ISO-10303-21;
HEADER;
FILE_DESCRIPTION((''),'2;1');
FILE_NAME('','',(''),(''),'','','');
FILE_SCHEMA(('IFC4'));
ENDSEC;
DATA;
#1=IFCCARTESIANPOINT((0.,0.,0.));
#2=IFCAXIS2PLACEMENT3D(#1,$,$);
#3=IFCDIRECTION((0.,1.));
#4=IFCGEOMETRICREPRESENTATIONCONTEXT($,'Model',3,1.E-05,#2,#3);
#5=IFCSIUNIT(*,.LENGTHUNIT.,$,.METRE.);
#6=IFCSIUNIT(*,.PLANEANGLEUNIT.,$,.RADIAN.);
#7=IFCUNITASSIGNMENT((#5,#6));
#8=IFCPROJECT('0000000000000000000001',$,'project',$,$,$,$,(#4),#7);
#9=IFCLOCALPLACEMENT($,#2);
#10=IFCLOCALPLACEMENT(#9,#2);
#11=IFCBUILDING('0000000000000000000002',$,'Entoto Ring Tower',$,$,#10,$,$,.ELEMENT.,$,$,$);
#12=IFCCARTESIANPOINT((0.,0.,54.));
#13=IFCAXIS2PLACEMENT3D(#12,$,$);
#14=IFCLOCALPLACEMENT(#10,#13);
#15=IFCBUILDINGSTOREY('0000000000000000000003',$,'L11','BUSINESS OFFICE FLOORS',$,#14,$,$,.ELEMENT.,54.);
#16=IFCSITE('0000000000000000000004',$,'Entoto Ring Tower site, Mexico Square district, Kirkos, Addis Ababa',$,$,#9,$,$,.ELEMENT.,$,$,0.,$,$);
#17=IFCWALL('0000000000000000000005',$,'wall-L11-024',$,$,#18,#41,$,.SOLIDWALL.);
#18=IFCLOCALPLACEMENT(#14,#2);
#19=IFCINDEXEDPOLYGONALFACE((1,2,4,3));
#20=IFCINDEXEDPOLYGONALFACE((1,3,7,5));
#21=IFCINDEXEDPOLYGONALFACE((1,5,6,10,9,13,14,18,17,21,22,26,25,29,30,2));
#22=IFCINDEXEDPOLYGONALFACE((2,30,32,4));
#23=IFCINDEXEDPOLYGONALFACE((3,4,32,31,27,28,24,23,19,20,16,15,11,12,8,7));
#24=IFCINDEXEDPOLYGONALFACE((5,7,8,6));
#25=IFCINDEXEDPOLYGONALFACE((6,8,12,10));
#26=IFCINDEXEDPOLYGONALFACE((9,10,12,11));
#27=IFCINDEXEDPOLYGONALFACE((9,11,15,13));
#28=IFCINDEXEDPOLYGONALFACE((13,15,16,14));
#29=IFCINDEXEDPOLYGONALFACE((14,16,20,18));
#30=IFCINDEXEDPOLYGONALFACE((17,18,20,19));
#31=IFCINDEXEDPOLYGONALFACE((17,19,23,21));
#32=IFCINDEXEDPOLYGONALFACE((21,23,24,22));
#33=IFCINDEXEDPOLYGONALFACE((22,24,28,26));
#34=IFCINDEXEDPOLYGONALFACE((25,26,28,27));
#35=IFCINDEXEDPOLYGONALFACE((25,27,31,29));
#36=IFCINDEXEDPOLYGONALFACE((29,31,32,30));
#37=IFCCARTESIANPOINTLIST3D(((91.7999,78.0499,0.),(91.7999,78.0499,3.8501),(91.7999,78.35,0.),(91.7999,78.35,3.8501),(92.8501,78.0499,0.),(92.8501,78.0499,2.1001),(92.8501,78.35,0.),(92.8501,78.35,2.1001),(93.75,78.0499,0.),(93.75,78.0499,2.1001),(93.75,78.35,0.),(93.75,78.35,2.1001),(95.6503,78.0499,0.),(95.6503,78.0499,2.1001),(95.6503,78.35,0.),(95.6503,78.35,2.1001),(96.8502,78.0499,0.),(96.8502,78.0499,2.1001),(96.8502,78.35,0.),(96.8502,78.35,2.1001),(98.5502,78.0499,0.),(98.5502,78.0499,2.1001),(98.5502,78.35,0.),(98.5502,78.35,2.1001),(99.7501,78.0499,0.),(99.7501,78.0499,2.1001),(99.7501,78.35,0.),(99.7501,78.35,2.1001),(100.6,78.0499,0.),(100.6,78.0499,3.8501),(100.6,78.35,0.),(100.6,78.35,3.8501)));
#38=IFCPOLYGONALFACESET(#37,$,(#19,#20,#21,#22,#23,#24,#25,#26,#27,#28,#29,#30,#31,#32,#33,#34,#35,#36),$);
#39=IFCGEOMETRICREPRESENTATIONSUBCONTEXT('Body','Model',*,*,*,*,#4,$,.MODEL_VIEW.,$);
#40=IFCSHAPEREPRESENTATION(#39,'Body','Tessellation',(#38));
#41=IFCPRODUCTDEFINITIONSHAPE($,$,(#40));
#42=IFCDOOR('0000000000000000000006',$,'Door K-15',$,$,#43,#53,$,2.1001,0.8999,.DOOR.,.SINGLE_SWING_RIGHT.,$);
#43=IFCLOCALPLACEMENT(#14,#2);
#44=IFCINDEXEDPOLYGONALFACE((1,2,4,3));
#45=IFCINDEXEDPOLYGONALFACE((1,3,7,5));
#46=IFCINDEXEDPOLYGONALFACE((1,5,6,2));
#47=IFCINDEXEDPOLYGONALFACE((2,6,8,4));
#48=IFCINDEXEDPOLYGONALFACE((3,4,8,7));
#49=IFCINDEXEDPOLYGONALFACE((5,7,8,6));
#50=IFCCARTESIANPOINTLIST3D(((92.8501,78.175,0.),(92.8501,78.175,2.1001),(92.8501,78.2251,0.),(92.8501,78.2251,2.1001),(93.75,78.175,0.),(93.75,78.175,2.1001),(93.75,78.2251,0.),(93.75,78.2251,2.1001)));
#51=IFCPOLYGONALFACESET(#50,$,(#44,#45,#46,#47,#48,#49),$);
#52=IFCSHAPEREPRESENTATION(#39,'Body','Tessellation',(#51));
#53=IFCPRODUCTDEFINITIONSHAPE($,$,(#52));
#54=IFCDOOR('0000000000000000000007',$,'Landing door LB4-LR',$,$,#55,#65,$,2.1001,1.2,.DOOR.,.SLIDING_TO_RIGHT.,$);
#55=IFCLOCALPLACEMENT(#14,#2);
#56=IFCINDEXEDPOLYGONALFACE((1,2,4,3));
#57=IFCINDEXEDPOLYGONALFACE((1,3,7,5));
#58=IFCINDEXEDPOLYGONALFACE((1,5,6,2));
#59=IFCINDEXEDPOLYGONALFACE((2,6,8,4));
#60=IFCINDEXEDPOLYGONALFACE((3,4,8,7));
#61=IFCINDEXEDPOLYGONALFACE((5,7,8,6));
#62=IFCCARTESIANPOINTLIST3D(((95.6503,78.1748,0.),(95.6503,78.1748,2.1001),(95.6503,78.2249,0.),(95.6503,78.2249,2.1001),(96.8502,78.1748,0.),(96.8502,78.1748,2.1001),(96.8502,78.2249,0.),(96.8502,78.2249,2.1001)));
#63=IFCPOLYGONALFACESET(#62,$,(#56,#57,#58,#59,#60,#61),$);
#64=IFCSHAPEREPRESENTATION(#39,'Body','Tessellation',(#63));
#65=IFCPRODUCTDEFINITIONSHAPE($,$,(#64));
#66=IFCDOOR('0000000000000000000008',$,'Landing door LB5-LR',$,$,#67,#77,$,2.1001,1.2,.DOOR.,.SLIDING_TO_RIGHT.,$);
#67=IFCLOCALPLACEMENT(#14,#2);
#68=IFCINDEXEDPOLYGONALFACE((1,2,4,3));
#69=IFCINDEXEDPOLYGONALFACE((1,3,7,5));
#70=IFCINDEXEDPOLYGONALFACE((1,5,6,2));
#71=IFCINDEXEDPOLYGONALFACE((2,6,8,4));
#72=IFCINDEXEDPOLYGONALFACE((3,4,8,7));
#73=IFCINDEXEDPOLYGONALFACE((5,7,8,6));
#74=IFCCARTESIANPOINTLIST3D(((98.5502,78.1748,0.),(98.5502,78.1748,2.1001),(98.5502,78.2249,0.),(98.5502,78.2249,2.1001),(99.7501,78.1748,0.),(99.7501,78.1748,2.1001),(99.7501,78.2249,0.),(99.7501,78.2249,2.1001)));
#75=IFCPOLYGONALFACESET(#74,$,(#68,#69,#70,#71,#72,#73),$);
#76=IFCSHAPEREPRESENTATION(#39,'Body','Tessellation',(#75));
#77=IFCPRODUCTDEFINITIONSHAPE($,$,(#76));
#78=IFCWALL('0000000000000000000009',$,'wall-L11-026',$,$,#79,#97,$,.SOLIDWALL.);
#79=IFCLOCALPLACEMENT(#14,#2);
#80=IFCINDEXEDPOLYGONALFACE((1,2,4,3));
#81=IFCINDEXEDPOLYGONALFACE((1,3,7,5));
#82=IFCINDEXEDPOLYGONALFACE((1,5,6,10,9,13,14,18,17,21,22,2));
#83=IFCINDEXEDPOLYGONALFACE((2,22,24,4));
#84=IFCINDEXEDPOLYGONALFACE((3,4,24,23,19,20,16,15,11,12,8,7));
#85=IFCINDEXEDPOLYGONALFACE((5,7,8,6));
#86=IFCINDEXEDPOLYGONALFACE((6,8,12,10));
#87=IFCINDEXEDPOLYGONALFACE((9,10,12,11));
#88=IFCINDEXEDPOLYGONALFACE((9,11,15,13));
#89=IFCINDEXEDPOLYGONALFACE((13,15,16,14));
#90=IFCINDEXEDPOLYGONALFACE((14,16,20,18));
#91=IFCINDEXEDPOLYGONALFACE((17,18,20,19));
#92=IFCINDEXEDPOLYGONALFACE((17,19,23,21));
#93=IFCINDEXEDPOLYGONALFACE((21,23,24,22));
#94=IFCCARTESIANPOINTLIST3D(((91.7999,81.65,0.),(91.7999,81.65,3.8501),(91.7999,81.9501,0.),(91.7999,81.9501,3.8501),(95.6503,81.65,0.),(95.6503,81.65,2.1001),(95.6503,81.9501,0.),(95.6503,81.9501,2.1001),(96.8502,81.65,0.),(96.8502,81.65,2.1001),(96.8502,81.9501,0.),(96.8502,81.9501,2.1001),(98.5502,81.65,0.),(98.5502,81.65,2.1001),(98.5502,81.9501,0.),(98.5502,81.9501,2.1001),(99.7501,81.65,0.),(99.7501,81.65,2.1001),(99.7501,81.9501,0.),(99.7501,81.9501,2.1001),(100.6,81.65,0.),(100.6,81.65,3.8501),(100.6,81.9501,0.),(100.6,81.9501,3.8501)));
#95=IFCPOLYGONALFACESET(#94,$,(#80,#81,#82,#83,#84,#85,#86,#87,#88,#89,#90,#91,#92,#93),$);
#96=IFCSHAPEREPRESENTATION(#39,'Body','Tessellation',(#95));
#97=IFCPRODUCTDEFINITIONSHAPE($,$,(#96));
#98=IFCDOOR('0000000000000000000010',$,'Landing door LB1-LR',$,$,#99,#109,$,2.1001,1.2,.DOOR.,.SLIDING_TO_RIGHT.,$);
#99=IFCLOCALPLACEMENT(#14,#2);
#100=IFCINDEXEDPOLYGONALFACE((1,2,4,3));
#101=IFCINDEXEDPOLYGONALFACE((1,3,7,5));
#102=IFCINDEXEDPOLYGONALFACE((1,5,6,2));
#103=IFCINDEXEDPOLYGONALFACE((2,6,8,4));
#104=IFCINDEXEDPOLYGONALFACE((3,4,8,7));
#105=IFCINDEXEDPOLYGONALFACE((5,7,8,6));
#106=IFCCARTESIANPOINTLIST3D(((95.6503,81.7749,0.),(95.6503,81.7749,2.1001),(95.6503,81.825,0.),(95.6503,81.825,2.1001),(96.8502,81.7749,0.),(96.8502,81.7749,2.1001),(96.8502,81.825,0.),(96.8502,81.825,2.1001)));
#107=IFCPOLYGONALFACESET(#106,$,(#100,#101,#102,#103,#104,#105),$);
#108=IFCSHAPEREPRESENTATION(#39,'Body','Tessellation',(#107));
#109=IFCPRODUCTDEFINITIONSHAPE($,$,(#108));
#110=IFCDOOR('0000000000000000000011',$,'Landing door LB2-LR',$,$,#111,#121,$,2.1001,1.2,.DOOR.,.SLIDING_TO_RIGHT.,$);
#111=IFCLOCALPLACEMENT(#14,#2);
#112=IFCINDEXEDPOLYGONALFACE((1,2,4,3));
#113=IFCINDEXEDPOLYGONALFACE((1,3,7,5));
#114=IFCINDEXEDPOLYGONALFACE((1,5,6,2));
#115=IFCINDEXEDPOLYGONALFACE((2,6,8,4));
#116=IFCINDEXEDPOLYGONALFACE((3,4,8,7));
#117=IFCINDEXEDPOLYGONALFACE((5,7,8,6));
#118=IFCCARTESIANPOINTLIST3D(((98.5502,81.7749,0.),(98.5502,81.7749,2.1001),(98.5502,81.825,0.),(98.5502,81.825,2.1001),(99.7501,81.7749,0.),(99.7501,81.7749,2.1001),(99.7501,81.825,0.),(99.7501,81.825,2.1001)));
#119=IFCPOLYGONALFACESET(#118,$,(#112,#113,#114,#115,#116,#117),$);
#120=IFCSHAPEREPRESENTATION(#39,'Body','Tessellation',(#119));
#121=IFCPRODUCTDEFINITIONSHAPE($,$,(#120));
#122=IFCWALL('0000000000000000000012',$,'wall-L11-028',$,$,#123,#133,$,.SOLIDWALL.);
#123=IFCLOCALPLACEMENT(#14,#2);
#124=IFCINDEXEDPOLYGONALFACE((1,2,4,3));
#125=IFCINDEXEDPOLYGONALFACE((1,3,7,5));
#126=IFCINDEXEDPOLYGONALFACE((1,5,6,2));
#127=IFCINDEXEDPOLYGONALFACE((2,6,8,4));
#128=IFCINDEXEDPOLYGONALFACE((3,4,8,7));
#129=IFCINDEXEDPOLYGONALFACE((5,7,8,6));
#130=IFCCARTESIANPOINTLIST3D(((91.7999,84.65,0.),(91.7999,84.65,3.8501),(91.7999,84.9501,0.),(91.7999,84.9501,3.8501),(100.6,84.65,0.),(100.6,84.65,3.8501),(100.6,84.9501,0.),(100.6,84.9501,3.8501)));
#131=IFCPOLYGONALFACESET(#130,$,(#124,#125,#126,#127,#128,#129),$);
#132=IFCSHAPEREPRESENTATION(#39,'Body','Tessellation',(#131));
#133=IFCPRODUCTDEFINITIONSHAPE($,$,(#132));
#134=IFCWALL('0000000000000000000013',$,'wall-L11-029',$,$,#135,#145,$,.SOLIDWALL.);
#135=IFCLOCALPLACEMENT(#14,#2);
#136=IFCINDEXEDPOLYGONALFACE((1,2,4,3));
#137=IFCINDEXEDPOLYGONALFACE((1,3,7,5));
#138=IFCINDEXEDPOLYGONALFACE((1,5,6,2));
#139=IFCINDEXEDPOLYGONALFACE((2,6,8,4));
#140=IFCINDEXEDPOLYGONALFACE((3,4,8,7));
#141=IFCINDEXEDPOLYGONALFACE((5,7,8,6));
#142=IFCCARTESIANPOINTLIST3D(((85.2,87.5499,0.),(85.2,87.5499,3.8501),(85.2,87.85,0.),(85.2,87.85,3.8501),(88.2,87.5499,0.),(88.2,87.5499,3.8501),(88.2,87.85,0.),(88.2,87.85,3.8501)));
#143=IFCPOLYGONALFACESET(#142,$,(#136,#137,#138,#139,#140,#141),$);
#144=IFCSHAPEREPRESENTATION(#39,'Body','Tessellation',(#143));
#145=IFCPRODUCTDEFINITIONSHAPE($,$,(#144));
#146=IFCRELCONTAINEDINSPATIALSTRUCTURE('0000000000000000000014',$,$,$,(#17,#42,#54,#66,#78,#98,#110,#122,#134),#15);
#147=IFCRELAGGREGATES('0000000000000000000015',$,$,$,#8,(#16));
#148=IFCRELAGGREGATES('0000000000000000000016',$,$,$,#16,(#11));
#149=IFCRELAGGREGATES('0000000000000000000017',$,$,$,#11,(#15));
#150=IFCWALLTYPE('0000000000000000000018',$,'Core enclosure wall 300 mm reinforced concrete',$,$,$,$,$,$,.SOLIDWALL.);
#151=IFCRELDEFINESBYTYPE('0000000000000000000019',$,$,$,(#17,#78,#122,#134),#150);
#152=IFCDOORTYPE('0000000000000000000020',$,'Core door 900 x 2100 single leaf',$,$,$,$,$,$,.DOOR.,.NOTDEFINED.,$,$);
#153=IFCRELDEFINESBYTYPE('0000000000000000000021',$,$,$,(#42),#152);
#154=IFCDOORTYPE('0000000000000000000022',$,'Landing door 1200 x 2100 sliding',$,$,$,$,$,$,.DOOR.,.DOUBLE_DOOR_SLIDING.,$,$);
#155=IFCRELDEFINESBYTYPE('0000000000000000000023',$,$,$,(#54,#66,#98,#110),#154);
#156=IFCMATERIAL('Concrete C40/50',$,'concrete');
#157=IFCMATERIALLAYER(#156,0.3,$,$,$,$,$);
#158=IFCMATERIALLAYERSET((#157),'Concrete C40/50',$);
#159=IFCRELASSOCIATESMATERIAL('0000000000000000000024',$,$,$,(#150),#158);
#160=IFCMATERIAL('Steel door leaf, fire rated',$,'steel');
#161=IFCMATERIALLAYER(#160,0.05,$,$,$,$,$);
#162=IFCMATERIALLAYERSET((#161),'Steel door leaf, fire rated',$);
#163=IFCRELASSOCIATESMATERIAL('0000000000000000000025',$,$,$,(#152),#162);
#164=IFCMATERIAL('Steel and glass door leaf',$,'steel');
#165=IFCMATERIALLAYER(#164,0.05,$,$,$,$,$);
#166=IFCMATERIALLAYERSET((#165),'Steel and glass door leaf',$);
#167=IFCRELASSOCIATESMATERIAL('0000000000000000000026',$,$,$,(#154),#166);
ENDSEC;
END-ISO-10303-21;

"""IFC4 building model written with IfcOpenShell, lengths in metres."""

from ifc_helpers import new_model, si_unit, direction, frame, frame_2d, origin, place, context, subcontext, project, spatial, rectangle, extrude, material, layer, layer_set, type_object, element, fill, save


model = new_model("IFC4")

# Units and contexts
model_context = context("Model", 3, precision=1e-05, world=origin(), true_north=direction((0.0, 1.0)))
body_context = subcontext(model_context, "Body", "Model", "MODEL_VIEW")
ifc_project = project(units=[si_unit("LENGTHUNIT", "METRE"), si_unit("PLANEANGLEUNIT", "RADIAN")], contexts=[model_context])

# Site, building, storey
site_placement = place(None, origin())
site = spatial("IfcSite", under=ifc_project, at=site_placement, Name="Entoto Ring Tower site, Mexico Square district, Kirkos, Addis Ababa", CompositionType="ELEMENT", RefElevation=0.0)
building_placement = place(site_placement, origin())
building = spatial("IfcBuilding", under=site, at=building_placement, Name="Entoto Ring Tower", CompositionType="ELEMENT")
storey_placement = place(building_placement, frame((0.0, 0.0, 54.0)))
storey = spatial("IfcBuildingStorey", under=building, at=storey_placement, Name="L11", Description="BUSINESS OFFICE FLOORS", CompositionType="ELEMENT", Elevation=54.0)

# Shared definitions
ifc_material_1 = material(Name="Concrete C40/50", Category="concrete")
ifc_layer_1 = layer(ifc_material_1, 0.3)
ifc_layer_set_1 = layer_set([ifc_layer_1], Name="Concrete C40/50")
wall_type = type_object("IfcWallType", Name="Core enclosure wall 300 mm reinforced concrete", PredefinedType="SOLIDWALL", material=ifc_layer_set_1)

# Shared definitions
ifc_material_2 = material(Name="Steel door leaf, fire rated", Category="steel")
ifc_layer_2 = layer(ifc_material_2, 0.05)
ifc_layer_set_2 = layer_set([ifc_layer_2], Name="Steel door leaf, fire rated")
door_type_1 = type_object("IfcDoorType", Name="Core door 900 x 2100 single leaf", OperationType="NOTDEFINED", PredefinedType="DOOR", material=ifc_layer_set_2)

# Walls, openings, doors
ifc_material_3 = material(Name="Steel and glass door leaf", Category="steel")
ifc_layer_3 = layer(ifc_material_3, 0.05)
ifc_layer_set_3 = layer_set([ifc_layer_3], Name="Steel and glass door leaf")
door_type_2 = type_object("IfcDoorType", Name="Landing door 1200 x 2100 sliding", OperationType="DOUBLE_DOOR_SLIDING", PredefinedType="DOOR", material=ifc_layer_set_3)
wall_1_placement = place(storey_placement, frame((91.8, 78.2, 0.0), z_axis=(0.0, 0.0, 1.0), x_axis=(1.0, 0.0, 0.0)))
wall_1 = element("IfcWall", 1, at=wall_1_placement, inside=storey, type_object=wall_type, Name="wall-L11-024", PredefinedType="SOLIDWALL", context=body_context, shape_type="SweptSolid", body=[
    extrude(rectangle(XDim=8.8, YDim=0.3, at=frame_2d((4.3999, 0.0))), origin(), (0.0, 0.0, 1.0), 3.8501),
])
opening_1_placement = place(wall_1_placement, frame((3.8501, 0.0, 0.0)))
opening_1 = element("IfcOpeningElement", 2, at=opening_1_placement, cuts=wall_1, PredefinedType="OPENING", context=body_context, shape_type="SweptSolid", body=[
    extrude(rectangle(XDim=1.2, YDim=2.1001, at=frame_2d((0.6001, 1.05))), frame((0.0, 0.1602, 0.0), z_axis=(0.0, -1.0, 0.0), x_axis=(1.0, 0.0, 0.0)), (0.0, 0.0, 1.0), 0.3201),
])
opening_2_placement = place(wall_1_placement, frame((6.75, 0.0, 0.0)))
opening_2 = element("IfcOpeningElement", 3, at=opening_2_placement, cuts=wall_1, PredefinedType="OPENING", context=body_context, shape_type="SweptSolid", body=[
    extrude(rectangle(XDim=1.2, YDim=2.1001, at=frame_2d((0.6001, 1.05))), frame((0.0, 0.1602, 0.0), z_axis=(0.0, -1.0, 0.0), x_axis=(1.0, 0.0, 0.0)), (0.0, 0.0, 1.0), 0.3201),
])
opening_3_placement = place(wall_1_placement, frame((1.05, 0.0, 0.0)))
opening_3 = element("IfcOpeningElement", 4, at=opening_3_placement, cuts=wall_1, PredefinedType="OPENING", context=body_context, shape_type="SweptSolid", body=[
    extrude(rectangle(XDim=0.8999, YDim=2.1001, at=frame_2d((0.45, 1.05))), frame((0.0, 0.1602, 0.0), z_axis=(0.0, -1.0, 0.0), x_axis=(1.0, 0.0, 0.0)), (0.0, 0.0, 1.0), 0.3201),
])
door_1_placement = place(opening_3_placement, frame((0.8999, 0.0, 0.0), z_axis=(0.0, 0.0, 1.0), x_axis=(-1.0, 0.0, 0.0)))
door_1 = element("IfcDoor", 5, at=door_1_placement, inside=storey, type_object=door_type_1, Name="Door K-15", OperationType="SINGLE_SWING_RIGHT", OverallHeight=2.1001, OverallWidth=0.8999, PredefinedType="DOOR", context=body_context, shape_type="SweptSolid", body=[
    extrude(rectangle(XDim=0.8999, YDim=2.1001, at=frame_2d((0.45, 1.05))), frame((0.0, 0.0249, 0.0), z_axis=(0.0, -1.0, 0.0), x_axis=(1.0, 0.0, 0.0)), (0.0, 0.0, 1.0), 0.05),
])
fill(opening_3, door_1)
door_2_placement = place(opening_1_placement, origin())
door_2 = element("IfcDoor", 6, at=door_2_placement, inside=storey, type_object=door_type_2, Name="Landing door LB4-LR", OperationType="SLIDING_TO_RIGHT", OverallHeight=2.1001, OverallWidth=1.2, PredefinedType="DOOR", context=body_context, shape_type="SweptSolid", body=[
    extrude(rectangle(XDim=1.2, YDim=2.1001, at=frame_2d((0.6001, 1.05))), frame((0.0, 0.0249, 0.0), z_axis=(0.0, -1.0, 0.0), x_axis=(1.0, 0.0, 0.0)), (0.0, 0.0, 1.0), 0.05),
])
fill(opening_1, door_2)
door_3_placement = place(opening_2_placement, origin())
door_3 = element("IfcDoor", 7, at=door_3_placement, inside=storey, type_object=door_type_2, Name="Landing door LB5-LR", OperationType="SLIDING_TO_RIGHT", OverallHeight=2.1001, OverallWidth=1.2, PredefinedType="DOOR", context=body_context, shape_type="SweptSolid", body=[
    extrude(rectangle(XDim=1.2, YDim=2.1001, at=frame_2d((0.6001, 1.05))), frame((0.0, 0.0249, 0.0), z_axis=(0.0, -1.0, 0.0), x_axis=(1.0, 0.0, 0.0)), (0.0, 0.0, 1.0), 0.05),
])
fill(opening_2, door_3)
wall_2_placement = place(storey_placement, frame((91.8, 81.8, 0.0), z_axis=(0.0, 0.0, 1.0), x_axis=(1.0, 0.0, 0.0)))
wall_2 = element("IfcWall", 8, at=wall_2_placement, inside=storey, type_object=wall_type, Name="wall-L11-026", PredefinedType="SOLIDWALL", context=body_context, shape_type="SweptSolid", body=[
    extrude(rectangle(XDim=8.8, YDim=0.3, at=frame_2d((4.3999, 0.0))), origin(), (0.0, 0.0, 1.0), 3.8501),
])
opening_4_placement = place(wall_2_placement, frame((3.8501, 0.0, 0.0)))
opening_4 = element("IfcOpeningElement", 9, at=opening_4_placement, cuts=wall_2, PredefinedType="OPENING", context=body_context, shape_type="SweptSolid", body=[
    extrude(rectangle(XDim=1.2, YDim=2.1001, at=frame_2d((0.6001, 1.05))), frame((0.0, 0.1602, 0.0), z_axis=(0.0, -1.0, 0.0), x_axis=(1.0, 0.0, 0.0)), (0.0, 0.0, 1.0), 0.3201),
])
opening_5_placement = place(wall_2_placement, frame((6.75, 0.0, 0.0)))
opening_5 = element("IfcOpeningElement", 10, at=opening_5_placement, cuts=wall_2, PredefinedType="OPENING", context=body_context, shape_type="SweptSolid", body=[
    extrude(rectangle(XDim=1.2, YDim=2.1001, at=frame_2d((0.6001, 1.05))), frame((0.0, 0.1602, 0.0), z_axis=(0.0, -1.0, 0.0), x_axis=(1.0, 0.0, 0.0)), (0.0, 0.0, 1.0), 0.3201),
])
door_4_placement = place(opening_4_placement, origin())
door_4 = element("IfcDoor", 11, at=door_4_placement, inside=storey, type_object=door_type_2, Name="Landing door LB1-LR", OperationType="SLIDING_TO_RIGHT", OverallHeight=2.1001, OverallWidth=1.2, PredefinedType="DOOR", context=body_context, shape_type="SweptSolid", body=[
    extrude(rectangle(XDim=1.2, YDim=2.1001, at=frame_2d((0.6001, 1.05))), frame((0.0, 0.0249, 0.0), z_axis=(0.0, -1.0, 0.0), x_axis=(1.0, 0.0, 0.0)), (0.0, 0.0, 1.0), 0.05),
])
fill(opening_4, door_4)
door_5_placement = place(opening_5_placement, origin())
door_5 = element("IfcDoor", 12, at=door_5_placement, inside=storey, type_object=door_type_2, Name="Landing door LB2-LR", OperationType="SLIDING_TO_RIGHT", OverallHeight=2.1001, OverallWidth=1.2, PredefinedType="DOOR", context=body_context, shape_type="SweptSolid", body=[
    extrude(rectangle(XDim=1.2, YDim=2.1001, at=frame_2d((0.6001, 1.05))), frame((0.0, 0.0249, 0.0), z_axis=(0.0, -1.0, 0.0), x_axis=(1.0, 0.0, 0.0)), (0.0, 0.0, 1.0), 0.05),
])
fill(opening_5, door_5)

# Walls
wall_3_placement = place(storey_placement, frame((91.8, 84.8, 0.0), z_axis=(0.0, 0.0, 1.0), x_axis=(1.0, 0.0, 0.0)))
element("IfcWall", 13, at=wall_3_placement, inside=storey, type_object=wall_type, Name="wall-L11-028", PredefinedType="SOLIDWALL", context=body_context, shape_type="SweptSolid", body=[
    extrude(rectangle(XDim=8.8, YDim=0.3, at=frame_2d((4.3999, 0.0))), origin(), (0.0, 0.0, 1.0), 3.8501),
])
wall_4_placement = place(storey_placement, frame((85.2, 87.7, 0.0), z_axis=(0.0, 0.0, 1.0), x_axis=(1.0, 0.0, 0.0)))
element("IfcWall", 14, at=wall_4_placement, inside=storey, type_object=wall_type, Name="wall-L11-029", PredefinedType="SOLIDWALL", context=body_context, shape_type="SweptSolid", body=[
    extrude(rectangle(XDim=3.0, YDim=0.3, at=frame_2d((1.5, 0.0))), origin(), (0.0, 0.0, 1.0), 3.8501),
])

save(model, "model.ifc")
